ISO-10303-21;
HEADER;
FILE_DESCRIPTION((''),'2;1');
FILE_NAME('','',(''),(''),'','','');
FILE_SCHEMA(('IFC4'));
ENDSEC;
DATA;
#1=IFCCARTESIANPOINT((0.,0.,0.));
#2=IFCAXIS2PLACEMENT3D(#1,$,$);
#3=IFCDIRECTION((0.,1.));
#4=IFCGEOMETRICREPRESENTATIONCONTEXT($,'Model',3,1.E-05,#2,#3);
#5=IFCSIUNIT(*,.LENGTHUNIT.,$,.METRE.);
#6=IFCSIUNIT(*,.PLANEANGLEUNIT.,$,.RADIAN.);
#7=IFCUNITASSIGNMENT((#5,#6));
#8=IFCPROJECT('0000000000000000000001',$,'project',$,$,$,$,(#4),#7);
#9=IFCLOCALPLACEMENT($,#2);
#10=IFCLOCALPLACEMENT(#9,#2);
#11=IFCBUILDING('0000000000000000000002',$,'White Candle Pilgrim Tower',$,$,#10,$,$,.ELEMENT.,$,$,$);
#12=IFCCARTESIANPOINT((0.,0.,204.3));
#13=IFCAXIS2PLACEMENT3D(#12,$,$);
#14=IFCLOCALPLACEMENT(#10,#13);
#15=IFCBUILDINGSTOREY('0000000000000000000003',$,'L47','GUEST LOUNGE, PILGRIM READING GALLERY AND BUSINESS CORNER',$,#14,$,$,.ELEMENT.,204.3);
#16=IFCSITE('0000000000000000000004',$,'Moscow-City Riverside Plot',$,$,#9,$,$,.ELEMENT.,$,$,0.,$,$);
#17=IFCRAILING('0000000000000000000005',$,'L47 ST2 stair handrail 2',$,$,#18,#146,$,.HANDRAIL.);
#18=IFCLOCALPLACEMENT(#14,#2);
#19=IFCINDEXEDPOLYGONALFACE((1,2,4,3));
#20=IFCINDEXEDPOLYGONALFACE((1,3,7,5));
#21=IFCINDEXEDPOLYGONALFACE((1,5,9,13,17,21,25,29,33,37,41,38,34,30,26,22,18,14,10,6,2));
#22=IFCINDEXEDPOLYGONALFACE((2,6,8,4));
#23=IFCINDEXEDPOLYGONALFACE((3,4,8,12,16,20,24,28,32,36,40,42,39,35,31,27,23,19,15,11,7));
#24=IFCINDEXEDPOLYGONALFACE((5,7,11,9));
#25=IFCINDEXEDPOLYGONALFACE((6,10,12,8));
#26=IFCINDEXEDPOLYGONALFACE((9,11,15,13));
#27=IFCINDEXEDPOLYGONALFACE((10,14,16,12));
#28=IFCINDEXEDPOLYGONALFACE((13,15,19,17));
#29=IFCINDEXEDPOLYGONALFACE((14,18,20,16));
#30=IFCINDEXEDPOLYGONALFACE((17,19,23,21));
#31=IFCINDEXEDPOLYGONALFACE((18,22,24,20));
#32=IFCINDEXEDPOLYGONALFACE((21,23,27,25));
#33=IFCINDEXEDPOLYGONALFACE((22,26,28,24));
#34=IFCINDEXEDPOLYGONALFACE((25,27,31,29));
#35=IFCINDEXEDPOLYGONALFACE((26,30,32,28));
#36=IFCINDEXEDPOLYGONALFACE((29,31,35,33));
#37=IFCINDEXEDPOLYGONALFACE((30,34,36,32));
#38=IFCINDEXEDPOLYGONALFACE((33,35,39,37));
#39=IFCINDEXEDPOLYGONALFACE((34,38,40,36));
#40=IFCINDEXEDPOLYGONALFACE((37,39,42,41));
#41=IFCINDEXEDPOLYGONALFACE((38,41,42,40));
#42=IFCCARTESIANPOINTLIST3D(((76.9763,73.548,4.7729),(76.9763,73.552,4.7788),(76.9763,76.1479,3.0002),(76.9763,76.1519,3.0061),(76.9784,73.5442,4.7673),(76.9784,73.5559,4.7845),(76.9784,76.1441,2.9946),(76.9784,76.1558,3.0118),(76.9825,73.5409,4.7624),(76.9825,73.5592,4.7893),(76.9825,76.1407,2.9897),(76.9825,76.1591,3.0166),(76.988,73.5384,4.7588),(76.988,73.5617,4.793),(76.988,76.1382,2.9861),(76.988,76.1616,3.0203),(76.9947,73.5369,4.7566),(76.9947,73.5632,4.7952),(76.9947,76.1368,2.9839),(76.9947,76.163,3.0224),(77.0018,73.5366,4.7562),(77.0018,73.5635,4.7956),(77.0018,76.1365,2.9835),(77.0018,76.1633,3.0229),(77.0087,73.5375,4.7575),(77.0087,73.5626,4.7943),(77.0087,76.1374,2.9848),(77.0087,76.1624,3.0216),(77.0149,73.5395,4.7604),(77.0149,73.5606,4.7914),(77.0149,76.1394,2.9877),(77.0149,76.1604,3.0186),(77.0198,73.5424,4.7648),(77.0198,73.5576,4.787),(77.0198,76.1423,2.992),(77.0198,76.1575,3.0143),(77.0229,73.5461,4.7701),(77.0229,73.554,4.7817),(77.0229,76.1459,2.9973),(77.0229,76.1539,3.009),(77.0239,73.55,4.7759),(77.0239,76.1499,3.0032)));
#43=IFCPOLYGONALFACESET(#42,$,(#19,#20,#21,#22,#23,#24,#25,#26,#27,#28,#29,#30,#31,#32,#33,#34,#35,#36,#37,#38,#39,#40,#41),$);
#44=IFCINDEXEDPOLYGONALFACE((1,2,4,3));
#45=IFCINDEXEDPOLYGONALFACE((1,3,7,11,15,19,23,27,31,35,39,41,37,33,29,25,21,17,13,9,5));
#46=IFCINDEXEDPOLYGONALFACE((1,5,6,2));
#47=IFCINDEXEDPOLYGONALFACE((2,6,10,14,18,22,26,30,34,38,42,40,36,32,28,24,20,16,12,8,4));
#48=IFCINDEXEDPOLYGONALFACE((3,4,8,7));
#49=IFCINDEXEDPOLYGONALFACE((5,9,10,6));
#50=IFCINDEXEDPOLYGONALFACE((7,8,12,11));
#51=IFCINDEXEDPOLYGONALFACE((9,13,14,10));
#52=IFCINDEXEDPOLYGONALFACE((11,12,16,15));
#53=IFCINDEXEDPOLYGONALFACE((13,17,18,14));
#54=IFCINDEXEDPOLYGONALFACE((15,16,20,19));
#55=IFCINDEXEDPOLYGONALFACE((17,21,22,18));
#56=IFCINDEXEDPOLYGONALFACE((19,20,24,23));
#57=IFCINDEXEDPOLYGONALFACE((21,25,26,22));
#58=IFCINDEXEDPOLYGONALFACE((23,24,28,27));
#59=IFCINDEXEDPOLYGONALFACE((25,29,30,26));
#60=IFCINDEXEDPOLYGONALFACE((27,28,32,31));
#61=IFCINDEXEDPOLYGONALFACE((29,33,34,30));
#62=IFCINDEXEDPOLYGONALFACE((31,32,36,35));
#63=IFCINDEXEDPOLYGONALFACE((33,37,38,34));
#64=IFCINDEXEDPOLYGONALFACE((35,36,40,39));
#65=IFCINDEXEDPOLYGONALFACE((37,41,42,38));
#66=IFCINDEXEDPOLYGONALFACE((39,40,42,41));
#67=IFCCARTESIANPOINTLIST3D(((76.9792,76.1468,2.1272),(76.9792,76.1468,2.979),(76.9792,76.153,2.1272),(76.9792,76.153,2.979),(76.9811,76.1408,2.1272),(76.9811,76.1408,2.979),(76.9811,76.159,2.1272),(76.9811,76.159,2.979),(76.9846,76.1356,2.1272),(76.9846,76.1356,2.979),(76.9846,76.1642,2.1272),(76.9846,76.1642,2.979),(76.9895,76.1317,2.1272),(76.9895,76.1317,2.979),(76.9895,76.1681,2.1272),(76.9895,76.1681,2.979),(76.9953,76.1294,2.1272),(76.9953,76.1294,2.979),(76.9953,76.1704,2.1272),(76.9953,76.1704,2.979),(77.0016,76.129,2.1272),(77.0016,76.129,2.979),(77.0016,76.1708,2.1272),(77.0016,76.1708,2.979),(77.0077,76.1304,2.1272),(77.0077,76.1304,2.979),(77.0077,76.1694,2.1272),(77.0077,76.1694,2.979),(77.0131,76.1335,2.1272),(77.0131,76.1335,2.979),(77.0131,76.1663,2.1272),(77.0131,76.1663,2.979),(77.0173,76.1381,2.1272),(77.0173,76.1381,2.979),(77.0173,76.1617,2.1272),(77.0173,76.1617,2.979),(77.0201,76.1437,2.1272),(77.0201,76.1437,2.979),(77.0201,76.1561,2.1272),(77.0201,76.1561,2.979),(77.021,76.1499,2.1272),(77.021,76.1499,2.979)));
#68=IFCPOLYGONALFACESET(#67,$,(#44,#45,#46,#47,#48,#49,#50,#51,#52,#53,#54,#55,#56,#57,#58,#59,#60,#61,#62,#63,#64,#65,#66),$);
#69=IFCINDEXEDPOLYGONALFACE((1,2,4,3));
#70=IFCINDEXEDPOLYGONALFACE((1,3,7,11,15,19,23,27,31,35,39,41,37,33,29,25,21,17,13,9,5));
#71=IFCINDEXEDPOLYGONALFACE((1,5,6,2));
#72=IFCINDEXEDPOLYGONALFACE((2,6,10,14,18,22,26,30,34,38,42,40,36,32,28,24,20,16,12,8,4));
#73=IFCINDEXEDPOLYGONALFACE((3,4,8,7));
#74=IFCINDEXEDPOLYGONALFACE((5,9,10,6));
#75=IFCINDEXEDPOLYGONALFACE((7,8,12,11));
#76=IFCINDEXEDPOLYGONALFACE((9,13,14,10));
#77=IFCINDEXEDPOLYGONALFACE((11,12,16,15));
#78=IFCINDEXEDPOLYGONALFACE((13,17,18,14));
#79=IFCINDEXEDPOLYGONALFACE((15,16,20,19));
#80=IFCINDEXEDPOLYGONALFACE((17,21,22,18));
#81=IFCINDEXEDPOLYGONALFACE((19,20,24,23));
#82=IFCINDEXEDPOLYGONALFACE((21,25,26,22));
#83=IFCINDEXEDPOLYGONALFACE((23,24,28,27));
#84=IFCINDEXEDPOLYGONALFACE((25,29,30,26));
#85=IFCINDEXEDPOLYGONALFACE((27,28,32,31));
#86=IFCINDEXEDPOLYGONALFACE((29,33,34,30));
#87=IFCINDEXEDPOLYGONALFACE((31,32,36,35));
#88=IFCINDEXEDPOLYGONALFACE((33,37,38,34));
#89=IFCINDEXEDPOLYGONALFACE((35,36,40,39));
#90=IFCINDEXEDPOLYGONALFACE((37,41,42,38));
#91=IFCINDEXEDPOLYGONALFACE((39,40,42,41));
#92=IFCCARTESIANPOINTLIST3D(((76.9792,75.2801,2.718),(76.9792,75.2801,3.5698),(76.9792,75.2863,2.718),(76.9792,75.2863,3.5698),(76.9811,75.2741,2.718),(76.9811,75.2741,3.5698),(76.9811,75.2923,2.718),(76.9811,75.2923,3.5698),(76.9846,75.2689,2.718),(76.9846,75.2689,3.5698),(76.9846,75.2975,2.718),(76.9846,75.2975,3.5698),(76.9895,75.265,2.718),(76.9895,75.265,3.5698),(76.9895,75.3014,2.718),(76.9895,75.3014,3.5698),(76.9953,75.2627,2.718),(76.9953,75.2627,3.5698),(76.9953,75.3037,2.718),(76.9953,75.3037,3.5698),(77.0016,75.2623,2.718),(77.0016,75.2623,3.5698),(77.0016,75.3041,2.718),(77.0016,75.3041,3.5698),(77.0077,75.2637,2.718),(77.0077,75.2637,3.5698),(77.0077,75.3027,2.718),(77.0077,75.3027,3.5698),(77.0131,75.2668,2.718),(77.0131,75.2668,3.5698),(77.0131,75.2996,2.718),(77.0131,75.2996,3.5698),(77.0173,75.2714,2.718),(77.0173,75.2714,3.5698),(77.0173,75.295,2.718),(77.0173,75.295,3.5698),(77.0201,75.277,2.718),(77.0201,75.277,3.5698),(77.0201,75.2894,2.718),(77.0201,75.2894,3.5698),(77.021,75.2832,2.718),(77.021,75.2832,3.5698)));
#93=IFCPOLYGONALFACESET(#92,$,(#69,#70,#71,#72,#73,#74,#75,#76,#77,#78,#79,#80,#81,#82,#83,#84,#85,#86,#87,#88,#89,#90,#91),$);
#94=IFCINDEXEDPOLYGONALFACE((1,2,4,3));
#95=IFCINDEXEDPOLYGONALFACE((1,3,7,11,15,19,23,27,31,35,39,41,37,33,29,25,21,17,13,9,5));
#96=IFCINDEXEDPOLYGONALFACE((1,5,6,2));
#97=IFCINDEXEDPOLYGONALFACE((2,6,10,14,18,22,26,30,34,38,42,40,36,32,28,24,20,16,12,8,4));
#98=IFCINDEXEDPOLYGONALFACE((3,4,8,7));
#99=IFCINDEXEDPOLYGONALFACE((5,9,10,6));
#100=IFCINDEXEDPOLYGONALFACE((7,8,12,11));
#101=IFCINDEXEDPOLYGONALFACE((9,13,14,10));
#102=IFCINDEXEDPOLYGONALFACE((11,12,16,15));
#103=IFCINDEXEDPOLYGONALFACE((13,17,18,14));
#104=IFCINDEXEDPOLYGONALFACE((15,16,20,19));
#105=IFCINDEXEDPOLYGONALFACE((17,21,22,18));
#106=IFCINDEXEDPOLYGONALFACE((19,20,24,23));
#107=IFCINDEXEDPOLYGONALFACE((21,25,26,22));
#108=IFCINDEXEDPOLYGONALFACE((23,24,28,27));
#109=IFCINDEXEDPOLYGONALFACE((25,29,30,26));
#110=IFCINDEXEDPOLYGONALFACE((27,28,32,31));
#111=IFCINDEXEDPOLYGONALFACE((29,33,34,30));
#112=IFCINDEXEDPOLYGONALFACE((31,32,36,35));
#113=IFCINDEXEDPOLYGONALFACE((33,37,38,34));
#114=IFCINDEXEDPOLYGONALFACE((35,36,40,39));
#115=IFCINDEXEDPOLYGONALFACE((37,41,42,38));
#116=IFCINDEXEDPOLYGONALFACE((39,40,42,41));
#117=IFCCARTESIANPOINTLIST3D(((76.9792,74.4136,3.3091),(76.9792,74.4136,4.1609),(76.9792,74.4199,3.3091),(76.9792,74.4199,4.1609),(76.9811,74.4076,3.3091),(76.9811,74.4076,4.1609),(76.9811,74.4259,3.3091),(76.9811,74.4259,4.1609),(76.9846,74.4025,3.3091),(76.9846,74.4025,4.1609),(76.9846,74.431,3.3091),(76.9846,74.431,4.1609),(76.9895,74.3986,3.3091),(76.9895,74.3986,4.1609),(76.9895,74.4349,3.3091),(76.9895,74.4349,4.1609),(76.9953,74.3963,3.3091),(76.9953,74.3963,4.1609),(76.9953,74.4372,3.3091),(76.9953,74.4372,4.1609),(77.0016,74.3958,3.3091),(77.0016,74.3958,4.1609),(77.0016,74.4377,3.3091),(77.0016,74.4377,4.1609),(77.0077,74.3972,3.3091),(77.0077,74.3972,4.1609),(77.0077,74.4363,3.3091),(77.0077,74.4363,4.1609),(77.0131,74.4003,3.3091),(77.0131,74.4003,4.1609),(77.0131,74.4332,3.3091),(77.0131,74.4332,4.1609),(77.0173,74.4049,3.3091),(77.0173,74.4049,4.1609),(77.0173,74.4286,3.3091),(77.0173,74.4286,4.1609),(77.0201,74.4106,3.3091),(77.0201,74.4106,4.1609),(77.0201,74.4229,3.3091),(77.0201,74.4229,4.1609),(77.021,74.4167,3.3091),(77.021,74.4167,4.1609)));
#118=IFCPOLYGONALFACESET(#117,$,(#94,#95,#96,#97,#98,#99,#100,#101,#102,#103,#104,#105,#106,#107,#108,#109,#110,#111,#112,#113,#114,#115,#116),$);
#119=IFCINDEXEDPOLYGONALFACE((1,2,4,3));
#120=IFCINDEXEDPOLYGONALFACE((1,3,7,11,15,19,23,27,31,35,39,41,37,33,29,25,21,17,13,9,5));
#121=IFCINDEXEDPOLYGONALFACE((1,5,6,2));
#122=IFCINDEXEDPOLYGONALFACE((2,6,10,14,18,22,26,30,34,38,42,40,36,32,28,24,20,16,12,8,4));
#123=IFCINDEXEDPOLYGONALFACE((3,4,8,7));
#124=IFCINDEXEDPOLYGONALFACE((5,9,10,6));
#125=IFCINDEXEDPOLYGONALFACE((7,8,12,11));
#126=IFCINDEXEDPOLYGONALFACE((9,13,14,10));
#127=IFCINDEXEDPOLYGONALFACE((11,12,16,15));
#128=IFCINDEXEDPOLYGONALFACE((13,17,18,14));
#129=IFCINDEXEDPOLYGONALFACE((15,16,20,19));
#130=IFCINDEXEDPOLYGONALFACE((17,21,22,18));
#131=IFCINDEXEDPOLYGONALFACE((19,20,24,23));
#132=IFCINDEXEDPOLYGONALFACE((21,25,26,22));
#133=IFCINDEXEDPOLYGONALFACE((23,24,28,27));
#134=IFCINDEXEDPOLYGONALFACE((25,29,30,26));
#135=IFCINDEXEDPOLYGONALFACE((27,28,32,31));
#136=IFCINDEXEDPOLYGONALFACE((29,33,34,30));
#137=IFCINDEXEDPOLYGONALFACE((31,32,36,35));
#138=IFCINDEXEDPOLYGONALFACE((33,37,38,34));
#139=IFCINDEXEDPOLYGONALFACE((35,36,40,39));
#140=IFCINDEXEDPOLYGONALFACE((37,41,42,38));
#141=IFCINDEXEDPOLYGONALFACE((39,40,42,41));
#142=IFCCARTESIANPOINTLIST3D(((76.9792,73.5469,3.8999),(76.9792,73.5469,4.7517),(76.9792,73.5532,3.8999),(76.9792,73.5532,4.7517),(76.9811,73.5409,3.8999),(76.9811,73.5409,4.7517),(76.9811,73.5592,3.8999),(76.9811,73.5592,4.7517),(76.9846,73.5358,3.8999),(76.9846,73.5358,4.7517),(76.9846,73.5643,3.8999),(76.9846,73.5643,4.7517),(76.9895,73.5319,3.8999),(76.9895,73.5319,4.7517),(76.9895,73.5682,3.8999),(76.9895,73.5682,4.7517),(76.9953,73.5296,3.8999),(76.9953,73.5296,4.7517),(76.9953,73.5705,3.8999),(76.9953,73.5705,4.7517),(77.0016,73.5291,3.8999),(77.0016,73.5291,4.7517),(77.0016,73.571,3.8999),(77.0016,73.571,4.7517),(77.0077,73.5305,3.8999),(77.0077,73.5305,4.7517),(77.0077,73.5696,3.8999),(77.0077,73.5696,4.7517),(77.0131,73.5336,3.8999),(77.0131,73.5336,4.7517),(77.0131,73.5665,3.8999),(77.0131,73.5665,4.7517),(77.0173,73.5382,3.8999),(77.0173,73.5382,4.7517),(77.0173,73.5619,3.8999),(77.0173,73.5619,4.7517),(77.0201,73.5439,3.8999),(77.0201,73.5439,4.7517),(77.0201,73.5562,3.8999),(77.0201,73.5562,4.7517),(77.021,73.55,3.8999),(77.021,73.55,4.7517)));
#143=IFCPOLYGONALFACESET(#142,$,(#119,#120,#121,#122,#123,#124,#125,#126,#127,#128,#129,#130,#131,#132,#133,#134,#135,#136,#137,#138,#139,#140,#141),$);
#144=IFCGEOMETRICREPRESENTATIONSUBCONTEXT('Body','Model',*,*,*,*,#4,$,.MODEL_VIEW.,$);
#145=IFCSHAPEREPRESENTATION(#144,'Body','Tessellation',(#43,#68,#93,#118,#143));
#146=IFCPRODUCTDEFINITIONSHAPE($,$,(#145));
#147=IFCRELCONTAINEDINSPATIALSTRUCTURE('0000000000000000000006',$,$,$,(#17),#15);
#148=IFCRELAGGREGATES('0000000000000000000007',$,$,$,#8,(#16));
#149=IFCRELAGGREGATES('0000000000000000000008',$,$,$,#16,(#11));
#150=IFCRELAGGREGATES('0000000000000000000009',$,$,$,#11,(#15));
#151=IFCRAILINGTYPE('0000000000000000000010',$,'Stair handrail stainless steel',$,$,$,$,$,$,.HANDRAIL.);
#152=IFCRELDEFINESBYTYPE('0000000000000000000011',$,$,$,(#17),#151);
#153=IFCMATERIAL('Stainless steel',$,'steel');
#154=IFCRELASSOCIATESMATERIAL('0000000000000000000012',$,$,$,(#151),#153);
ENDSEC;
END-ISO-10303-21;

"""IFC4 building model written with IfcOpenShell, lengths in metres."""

from ifc_helpers import new_model, si_unit, direction, frame, origin, origin_2d, place, context, subcontext, project, spatial, circle, extrude, material, type_object, element, save


model = new_model("IFC4")

# Units and contexts
model_context = context("Model", 3, precision=1e-05, world=origin(), true_north=direction((0.0, 1.0)))
body_context = subcontext(model_context, "Body", "Model", "MODEL_VIEW")
ifc_project = project(units=[si_unit("LENGTHUNIT", "METRE"), si_unit("PLANEANGLEUNIT", "RADIAN")], contexts=[model_context])

# Site, building, storey
site_placement = place(None, origin())
site = spatial("IfcSite", under=ifc_project, at=site_placement, Name="Moscow-City Riverside Plot", CompositionType="ELEMENT", RefElevation=0.0)
building_placement = place(site_placement, origin())
building = spatial("IfcBuilding", under=site, at=building_placement, Name="White Candle Pilgrim Tower", CompositionType="ELEMENT")
storey_placement = place(building_placement, frame((0.0, 0.0, 204.3)))
storey = spatial("IfcBuildingStorey", under=building, at=storey_placement, Name="L47", Description="GUEST LOUNGE, PILGRIM READING GALLERY AND BUSINESS CORNER", CompositionType="ELEMENT", Elevation=204.3)

# Railing
ifc_material_1 = material(Name="Stainless steel", Category="steel")
railing_type_1 = type_object("IfcRailingType", Name="Stair handrail stainless steel", PredefinedType="HANDRAIL", material=ifc_material_1)
railing_1_placement = place(storey_placement, frame((77.0, 76.1499, 2.1272)))
element("IfcRailing", 1, at=railing_1_placement, inside=storey, type_object=railing_type_1, Name="L47 ST2 stair handrail 2", PredefinedType="HANDRAIL", context=body_context, shape_type="SweptSolid", body=[
    extrude(circle(Radius=0.0239, at=origin_2d()), frame((0.0, 0.0, 0.876), z_axis=(0.0, -0.826216, 0.563354), x_axis=(1.0, 0.0, 0.0)), (0.0, 0.0, 1.0), 3.1467),
    extrude(circle(Radius=0.021, at=origin_2d()), origin(), (0.0, 0.0, 1.0), 0.8518),
    extrude(circle(Radius=0.021, at=origin_2d()), frame((0.0, -0.8667, 0.5908)), (0.0, 0.0, 1.0), 0.8518),
    extrude(circle(Radius=0.021, at=origin_2d()), frame((0.0, -1.7332, 1.1819)), (0.0, 0.0, 1.0), 0.8518),
    extrude(circle(Radius=0.021, at=origin_2d()), frame((0.0, -2.5999, 1.7727)), (0.0, 0.0, 1.0), 0.8518),
])

save(model, "model.ifc")
